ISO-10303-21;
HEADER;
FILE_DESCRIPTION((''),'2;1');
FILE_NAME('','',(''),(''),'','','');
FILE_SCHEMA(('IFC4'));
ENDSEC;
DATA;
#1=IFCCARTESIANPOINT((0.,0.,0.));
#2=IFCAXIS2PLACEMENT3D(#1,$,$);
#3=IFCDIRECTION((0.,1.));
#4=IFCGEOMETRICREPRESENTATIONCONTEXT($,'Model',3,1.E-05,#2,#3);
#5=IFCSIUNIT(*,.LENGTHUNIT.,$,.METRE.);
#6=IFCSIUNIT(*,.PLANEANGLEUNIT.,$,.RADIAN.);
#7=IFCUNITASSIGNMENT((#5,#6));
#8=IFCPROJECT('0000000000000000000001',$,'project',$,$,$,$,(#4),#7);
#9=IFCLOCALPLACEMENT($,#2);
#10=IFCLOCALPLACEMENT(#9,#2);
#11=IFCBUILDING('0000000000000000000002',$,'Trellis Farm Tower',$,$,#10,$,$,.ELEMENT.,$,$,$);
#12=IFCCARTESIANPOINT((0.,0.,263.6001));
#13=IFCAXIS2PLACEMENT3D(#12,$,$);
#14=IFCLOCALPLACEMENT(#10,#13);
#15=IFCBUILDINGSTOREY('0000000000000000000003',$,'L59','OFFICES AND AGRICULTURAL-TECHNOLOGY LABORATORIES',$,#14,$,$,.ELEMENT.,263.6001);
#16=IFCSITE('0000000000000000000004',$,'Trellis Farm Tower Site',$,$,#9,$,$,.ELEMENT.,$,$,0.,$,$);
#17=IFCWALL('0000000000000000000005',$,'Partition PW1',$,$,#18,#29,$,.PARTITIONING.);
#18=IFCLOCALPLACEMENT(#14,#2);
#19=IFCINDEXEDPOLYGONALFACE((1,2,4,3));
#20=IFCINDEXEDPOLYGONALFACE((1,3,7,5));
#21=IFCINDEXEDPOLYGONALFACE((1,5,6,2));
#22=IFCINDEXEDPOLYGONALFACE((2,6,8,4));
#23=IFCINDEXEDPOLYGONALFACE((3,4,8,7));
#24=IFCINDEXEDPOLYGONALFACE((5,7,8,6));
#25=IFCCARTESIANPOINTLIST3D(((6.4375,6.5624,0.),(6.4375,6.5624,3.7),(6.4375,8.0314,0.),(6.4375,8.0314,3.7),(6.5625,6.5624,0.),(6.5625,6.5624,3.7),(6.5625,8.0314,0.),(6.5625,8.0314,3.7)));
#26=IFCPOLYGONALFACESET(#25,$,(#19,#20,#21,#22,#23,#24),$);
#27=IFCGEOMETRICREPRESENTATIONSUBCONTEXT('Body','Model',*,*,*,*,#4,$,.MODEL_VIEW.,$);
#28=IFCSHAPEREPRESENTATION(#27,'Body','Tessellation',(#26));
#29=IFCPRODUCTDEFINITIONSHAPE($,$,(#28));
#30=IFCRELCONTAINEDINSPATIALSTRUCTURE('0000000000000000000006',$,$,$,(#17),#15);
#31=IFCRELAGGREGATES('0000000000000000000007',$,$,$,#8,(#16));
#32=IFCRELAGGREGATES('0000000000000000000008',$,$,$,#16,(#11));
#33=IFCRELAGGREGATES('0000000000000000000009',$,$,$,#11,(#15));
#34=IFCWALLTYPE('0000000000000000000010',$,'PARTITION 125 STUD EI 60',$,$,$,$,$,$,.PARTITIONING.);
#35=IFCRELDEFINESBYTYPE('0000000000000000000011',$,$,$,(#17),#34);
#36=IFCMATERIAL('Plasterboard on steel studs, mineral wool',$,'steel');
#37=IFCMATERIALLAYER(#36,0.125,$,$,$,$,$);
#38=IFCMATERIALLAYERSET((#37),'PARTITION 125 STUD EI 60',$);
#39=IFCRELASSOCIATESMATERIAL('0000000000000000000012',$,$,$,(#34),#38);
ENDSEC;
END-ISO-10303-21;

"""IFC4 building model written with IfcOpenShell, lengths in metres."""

from ifc_helpers import new_model, si_unit, direction, frame, frame_2d, origin, place, context, subcontext, project, spatial, rectangle, extrude, source, transform, mapped, material, layer, layer_set, type_object, element, save


model = new_model("IFC4")

# Units and contexts
model_context = context("Model", 3, precision=1e-05, world=origin(), true_north=direction((0.0, 1.0)))
body_context = subcontext(model_context, "Body", "Model", "MODEL_VIEW")
ifc_project = project(units=[si_unit("LENGTHUNIT", "METRE"), si_unit("PLANEANGLEUNIT", "RADIAN")], contexts=[model_context])

# Site, building, storey
site_placement = place(None, origin())
site = spatial("IfcSite", under=ifc_project, at=site_placement, Name="Trellis Farm Tower Site", CompositionType="ELEMENT", RefElevation=0.0)
building_placement = place(site_placement, origin())
building = spatial("IfcBuilding", under=site, at=building_placement, Name="Trellis Farm Tower", CompositionType="ELEMENT")
storey_placement = place(building_placement, frame((0.0, 0.0, 263.6001)))
storey = spatial("IfcBuildingStorey", under=building, at=storey_placement, Name="L59", Description="OFFICES AND AGRICULTURAL-TECHNOLOGY LABORATORIES", CompositionType="ELEMENT", Elevation=263.6001)

# Wall
ifc_material_1 = material(Name="Plasterboard on steel studs, mineral wool", Category="steel")
ifc_layer_1 = layer(ifc_material_1, 0.125)
ifc_layer_set_1 = layer_set([ifc_layer_1], Name="PARTITION 125 STUD EI 60")
wall_type_1 = type_object("IfcWallType", Name="PARTITION 125 STUD EI 60", PredefinedType="PARTITIONING", material=ifc_layer_set_1)
shared_shape_1 = source(origin(), body_context, "Body", "SweptSolid", [
    extrude(rectangle(XDim=1.469, YDim=0.125, at=frame_2d((0.7344, 0.0))), origin(), (0.0, 0.0, 1.0), 3.7),
])
wall_1_placement = place(storey_placement, frame((6.5, 6.5625, 0.0), z_axis=(0.0, 0.0, 1.0), x_axis=(0.0, 1.0, 0.0)))
element("IfcWall", 1, at=wall_1_placement, inside=storey, type_object=wall_type_1, Name="Partition PW1", PredefinedType="PARTITIONING", context=body_context, shape_type="MappedRepresentation", body=[
    mapped(shared_shape_1, transform((0.0, 0.0, 0.0))),
])

save(model, "model.ifc")
